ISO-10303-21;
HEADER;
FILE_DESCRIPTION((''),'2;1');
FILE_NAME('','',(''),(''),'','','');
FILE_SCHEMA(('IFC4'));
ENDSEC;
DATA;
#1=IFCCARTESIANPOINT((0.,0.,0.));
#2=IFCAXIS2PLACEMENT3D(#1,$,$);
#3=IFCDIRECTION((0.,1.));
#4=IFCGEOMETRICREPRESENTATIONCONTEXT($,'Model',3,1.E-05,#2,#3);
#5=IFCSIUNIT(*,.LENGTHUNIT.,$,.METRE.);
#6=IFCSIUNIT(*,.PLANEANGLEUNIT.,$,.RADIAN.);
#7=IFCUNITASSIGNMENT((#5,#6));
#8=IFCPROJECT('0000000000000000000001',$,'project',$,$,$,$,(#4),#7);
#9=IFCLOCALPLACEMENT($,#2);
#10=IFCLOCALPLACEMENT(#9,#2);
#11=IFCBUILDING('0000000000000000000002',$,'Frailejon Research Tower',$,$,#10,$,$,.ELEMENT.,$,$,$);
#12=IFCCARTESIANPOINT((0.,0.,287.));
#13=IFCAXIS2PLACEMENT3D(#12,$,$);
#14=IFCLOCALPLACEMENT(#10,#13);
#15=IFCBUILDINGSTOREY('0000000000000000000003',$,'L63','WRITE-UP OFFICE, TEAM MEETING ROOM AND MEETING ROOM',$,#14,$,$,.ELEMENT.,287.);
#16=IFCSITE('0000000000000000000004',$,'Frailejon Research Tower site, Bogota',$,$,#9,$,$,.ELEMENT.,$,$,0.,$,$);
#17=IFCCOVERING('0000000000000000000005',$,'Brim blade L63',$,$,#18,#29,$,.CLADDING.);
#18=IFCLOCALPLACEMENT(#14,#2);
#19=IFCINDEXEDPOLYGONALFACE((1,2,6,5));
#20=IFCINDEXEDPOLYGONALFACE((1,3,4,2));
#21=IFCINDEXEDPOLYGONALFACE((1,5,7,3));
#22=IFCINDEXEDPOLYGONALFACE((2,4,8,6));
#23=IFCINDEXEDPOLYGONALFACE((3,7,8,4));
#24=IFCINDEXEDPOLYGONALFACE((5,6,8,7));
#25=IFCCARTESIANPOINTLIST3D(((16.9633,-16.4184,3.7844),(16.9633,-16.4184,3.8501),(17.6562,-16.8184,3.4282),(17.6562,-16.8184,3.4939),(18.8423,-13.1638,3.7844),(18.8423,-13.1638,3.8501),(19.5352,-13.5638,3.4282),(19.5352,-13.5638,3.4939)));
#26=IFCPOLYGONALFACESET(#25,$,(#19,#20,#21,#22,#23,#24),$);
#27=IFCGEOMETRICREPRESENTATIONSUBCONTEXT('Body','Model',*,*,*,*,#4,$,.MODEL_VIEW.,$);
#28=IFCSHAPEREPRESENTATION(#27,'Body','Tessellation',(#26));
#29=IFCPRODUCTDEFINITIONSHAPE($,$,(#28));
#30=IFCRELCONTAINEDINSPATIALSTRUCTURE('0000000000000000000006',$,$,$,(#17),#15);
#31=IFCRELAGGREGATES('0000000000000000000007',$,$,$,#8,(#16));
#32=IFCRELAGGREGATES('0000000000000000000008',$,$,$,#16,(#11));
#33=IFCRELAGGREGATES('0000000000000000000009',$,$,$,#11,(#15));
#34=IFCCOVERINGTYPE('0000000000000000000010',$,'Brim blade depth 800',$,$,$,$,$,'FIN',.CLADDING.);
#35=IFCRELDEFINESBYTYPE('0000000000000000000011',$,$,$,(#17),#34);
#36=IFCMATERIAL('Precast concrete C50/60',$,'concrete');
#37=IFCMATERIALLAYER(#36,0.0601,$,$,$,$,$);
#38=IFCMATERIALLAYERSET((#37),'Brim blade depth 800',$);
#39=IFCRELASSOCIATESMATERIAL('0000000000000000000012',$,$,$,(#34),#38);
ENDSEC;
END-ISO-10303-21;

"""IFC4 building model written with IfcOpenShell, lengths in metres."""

from ifc_helpers import new_model, si_unit, direction, frame, origin, place, context, subcontext, project, spatial, polyline, outline, extrude, material, layer, layer_set, type_object, element, save


model = new_model("IFC4")

# Units and contexts
model_context = context("Model", 3, precision=1e-05, world=origin(), true_north=direction((0.0, 1.0)))
body_context = subcontext(model_context, "Body", "Model", "MODEL_VIEW")
ifc_project = project(units=[si_unit("LENGTHUNIT", "METRE"), si_unit("PLANEANGLEUNIT", "RADIAN")], contexts=[model_context])

# Site, building, storey
site_placement = place(None, origin())
site = spatial("IfcSite", under=ifc_project, at=site_placement, Name="Frailejon Research Tower site, Bogota", CompositionType="ELEMENT", RefElevation=0.0)
building_placement = place(site_placement, origin())
building = spatial("IfcBuilding", under=site, at=building_placement, Name="Frailejon Research Tower", CompositionType="ELEMENT")
storey_placement = place(building_placement, frame((0.0, 0.0, 287.0)))
storey = spatial("IfcBuildingStorey", under=building, at=storey_placement, Name="L63", Description="WRITE-UP OFFICE, TEAM MEETING ROOM AND MEETING ROOM", CompositionType="ELEMENT", Elevation=287.0)

# Covering
ifc_material_1 = material(Name="Precast concrete C50/60", Category="concrete")
ifc_layer_1 = layer(ifc_material_1, 0.0601)
ifc_layer_set_1 = layer_set([ifc_layer_1], Name="Brim blade depth 800")
covering_type_1 = type_object("IfcCoveringType", Name="Brim blade depth 800", ElementType="FIN", PredefinedType="CLADDING", material=ifc_layer_set_1)
covering_1_placement = place(storey_placement, frame((18.8423, -13.1638, 3.8501), z_axis=(-0.499992, -0.86603, 0.0), x_axis=(0.86603, -0.499992, 0.0)))
element("IfcCovering", 1, at=covering_1_placement, inside=storey, type_object=covering_type_1, Name="Brim blade L63", PredefinedType="CLADDING", context=body_context, shape_type="SweptSolid", body=[
    extrude(outline(polyline([(0.0, -0.0657), (0.8, -0.4219), (0.8, -0.3562), (0.0, 0.0), (0.0, -0.0657)])), origin(), (0.0, 0.0, 1.0), 3.7581),
])

save(model, "model.ifc")
